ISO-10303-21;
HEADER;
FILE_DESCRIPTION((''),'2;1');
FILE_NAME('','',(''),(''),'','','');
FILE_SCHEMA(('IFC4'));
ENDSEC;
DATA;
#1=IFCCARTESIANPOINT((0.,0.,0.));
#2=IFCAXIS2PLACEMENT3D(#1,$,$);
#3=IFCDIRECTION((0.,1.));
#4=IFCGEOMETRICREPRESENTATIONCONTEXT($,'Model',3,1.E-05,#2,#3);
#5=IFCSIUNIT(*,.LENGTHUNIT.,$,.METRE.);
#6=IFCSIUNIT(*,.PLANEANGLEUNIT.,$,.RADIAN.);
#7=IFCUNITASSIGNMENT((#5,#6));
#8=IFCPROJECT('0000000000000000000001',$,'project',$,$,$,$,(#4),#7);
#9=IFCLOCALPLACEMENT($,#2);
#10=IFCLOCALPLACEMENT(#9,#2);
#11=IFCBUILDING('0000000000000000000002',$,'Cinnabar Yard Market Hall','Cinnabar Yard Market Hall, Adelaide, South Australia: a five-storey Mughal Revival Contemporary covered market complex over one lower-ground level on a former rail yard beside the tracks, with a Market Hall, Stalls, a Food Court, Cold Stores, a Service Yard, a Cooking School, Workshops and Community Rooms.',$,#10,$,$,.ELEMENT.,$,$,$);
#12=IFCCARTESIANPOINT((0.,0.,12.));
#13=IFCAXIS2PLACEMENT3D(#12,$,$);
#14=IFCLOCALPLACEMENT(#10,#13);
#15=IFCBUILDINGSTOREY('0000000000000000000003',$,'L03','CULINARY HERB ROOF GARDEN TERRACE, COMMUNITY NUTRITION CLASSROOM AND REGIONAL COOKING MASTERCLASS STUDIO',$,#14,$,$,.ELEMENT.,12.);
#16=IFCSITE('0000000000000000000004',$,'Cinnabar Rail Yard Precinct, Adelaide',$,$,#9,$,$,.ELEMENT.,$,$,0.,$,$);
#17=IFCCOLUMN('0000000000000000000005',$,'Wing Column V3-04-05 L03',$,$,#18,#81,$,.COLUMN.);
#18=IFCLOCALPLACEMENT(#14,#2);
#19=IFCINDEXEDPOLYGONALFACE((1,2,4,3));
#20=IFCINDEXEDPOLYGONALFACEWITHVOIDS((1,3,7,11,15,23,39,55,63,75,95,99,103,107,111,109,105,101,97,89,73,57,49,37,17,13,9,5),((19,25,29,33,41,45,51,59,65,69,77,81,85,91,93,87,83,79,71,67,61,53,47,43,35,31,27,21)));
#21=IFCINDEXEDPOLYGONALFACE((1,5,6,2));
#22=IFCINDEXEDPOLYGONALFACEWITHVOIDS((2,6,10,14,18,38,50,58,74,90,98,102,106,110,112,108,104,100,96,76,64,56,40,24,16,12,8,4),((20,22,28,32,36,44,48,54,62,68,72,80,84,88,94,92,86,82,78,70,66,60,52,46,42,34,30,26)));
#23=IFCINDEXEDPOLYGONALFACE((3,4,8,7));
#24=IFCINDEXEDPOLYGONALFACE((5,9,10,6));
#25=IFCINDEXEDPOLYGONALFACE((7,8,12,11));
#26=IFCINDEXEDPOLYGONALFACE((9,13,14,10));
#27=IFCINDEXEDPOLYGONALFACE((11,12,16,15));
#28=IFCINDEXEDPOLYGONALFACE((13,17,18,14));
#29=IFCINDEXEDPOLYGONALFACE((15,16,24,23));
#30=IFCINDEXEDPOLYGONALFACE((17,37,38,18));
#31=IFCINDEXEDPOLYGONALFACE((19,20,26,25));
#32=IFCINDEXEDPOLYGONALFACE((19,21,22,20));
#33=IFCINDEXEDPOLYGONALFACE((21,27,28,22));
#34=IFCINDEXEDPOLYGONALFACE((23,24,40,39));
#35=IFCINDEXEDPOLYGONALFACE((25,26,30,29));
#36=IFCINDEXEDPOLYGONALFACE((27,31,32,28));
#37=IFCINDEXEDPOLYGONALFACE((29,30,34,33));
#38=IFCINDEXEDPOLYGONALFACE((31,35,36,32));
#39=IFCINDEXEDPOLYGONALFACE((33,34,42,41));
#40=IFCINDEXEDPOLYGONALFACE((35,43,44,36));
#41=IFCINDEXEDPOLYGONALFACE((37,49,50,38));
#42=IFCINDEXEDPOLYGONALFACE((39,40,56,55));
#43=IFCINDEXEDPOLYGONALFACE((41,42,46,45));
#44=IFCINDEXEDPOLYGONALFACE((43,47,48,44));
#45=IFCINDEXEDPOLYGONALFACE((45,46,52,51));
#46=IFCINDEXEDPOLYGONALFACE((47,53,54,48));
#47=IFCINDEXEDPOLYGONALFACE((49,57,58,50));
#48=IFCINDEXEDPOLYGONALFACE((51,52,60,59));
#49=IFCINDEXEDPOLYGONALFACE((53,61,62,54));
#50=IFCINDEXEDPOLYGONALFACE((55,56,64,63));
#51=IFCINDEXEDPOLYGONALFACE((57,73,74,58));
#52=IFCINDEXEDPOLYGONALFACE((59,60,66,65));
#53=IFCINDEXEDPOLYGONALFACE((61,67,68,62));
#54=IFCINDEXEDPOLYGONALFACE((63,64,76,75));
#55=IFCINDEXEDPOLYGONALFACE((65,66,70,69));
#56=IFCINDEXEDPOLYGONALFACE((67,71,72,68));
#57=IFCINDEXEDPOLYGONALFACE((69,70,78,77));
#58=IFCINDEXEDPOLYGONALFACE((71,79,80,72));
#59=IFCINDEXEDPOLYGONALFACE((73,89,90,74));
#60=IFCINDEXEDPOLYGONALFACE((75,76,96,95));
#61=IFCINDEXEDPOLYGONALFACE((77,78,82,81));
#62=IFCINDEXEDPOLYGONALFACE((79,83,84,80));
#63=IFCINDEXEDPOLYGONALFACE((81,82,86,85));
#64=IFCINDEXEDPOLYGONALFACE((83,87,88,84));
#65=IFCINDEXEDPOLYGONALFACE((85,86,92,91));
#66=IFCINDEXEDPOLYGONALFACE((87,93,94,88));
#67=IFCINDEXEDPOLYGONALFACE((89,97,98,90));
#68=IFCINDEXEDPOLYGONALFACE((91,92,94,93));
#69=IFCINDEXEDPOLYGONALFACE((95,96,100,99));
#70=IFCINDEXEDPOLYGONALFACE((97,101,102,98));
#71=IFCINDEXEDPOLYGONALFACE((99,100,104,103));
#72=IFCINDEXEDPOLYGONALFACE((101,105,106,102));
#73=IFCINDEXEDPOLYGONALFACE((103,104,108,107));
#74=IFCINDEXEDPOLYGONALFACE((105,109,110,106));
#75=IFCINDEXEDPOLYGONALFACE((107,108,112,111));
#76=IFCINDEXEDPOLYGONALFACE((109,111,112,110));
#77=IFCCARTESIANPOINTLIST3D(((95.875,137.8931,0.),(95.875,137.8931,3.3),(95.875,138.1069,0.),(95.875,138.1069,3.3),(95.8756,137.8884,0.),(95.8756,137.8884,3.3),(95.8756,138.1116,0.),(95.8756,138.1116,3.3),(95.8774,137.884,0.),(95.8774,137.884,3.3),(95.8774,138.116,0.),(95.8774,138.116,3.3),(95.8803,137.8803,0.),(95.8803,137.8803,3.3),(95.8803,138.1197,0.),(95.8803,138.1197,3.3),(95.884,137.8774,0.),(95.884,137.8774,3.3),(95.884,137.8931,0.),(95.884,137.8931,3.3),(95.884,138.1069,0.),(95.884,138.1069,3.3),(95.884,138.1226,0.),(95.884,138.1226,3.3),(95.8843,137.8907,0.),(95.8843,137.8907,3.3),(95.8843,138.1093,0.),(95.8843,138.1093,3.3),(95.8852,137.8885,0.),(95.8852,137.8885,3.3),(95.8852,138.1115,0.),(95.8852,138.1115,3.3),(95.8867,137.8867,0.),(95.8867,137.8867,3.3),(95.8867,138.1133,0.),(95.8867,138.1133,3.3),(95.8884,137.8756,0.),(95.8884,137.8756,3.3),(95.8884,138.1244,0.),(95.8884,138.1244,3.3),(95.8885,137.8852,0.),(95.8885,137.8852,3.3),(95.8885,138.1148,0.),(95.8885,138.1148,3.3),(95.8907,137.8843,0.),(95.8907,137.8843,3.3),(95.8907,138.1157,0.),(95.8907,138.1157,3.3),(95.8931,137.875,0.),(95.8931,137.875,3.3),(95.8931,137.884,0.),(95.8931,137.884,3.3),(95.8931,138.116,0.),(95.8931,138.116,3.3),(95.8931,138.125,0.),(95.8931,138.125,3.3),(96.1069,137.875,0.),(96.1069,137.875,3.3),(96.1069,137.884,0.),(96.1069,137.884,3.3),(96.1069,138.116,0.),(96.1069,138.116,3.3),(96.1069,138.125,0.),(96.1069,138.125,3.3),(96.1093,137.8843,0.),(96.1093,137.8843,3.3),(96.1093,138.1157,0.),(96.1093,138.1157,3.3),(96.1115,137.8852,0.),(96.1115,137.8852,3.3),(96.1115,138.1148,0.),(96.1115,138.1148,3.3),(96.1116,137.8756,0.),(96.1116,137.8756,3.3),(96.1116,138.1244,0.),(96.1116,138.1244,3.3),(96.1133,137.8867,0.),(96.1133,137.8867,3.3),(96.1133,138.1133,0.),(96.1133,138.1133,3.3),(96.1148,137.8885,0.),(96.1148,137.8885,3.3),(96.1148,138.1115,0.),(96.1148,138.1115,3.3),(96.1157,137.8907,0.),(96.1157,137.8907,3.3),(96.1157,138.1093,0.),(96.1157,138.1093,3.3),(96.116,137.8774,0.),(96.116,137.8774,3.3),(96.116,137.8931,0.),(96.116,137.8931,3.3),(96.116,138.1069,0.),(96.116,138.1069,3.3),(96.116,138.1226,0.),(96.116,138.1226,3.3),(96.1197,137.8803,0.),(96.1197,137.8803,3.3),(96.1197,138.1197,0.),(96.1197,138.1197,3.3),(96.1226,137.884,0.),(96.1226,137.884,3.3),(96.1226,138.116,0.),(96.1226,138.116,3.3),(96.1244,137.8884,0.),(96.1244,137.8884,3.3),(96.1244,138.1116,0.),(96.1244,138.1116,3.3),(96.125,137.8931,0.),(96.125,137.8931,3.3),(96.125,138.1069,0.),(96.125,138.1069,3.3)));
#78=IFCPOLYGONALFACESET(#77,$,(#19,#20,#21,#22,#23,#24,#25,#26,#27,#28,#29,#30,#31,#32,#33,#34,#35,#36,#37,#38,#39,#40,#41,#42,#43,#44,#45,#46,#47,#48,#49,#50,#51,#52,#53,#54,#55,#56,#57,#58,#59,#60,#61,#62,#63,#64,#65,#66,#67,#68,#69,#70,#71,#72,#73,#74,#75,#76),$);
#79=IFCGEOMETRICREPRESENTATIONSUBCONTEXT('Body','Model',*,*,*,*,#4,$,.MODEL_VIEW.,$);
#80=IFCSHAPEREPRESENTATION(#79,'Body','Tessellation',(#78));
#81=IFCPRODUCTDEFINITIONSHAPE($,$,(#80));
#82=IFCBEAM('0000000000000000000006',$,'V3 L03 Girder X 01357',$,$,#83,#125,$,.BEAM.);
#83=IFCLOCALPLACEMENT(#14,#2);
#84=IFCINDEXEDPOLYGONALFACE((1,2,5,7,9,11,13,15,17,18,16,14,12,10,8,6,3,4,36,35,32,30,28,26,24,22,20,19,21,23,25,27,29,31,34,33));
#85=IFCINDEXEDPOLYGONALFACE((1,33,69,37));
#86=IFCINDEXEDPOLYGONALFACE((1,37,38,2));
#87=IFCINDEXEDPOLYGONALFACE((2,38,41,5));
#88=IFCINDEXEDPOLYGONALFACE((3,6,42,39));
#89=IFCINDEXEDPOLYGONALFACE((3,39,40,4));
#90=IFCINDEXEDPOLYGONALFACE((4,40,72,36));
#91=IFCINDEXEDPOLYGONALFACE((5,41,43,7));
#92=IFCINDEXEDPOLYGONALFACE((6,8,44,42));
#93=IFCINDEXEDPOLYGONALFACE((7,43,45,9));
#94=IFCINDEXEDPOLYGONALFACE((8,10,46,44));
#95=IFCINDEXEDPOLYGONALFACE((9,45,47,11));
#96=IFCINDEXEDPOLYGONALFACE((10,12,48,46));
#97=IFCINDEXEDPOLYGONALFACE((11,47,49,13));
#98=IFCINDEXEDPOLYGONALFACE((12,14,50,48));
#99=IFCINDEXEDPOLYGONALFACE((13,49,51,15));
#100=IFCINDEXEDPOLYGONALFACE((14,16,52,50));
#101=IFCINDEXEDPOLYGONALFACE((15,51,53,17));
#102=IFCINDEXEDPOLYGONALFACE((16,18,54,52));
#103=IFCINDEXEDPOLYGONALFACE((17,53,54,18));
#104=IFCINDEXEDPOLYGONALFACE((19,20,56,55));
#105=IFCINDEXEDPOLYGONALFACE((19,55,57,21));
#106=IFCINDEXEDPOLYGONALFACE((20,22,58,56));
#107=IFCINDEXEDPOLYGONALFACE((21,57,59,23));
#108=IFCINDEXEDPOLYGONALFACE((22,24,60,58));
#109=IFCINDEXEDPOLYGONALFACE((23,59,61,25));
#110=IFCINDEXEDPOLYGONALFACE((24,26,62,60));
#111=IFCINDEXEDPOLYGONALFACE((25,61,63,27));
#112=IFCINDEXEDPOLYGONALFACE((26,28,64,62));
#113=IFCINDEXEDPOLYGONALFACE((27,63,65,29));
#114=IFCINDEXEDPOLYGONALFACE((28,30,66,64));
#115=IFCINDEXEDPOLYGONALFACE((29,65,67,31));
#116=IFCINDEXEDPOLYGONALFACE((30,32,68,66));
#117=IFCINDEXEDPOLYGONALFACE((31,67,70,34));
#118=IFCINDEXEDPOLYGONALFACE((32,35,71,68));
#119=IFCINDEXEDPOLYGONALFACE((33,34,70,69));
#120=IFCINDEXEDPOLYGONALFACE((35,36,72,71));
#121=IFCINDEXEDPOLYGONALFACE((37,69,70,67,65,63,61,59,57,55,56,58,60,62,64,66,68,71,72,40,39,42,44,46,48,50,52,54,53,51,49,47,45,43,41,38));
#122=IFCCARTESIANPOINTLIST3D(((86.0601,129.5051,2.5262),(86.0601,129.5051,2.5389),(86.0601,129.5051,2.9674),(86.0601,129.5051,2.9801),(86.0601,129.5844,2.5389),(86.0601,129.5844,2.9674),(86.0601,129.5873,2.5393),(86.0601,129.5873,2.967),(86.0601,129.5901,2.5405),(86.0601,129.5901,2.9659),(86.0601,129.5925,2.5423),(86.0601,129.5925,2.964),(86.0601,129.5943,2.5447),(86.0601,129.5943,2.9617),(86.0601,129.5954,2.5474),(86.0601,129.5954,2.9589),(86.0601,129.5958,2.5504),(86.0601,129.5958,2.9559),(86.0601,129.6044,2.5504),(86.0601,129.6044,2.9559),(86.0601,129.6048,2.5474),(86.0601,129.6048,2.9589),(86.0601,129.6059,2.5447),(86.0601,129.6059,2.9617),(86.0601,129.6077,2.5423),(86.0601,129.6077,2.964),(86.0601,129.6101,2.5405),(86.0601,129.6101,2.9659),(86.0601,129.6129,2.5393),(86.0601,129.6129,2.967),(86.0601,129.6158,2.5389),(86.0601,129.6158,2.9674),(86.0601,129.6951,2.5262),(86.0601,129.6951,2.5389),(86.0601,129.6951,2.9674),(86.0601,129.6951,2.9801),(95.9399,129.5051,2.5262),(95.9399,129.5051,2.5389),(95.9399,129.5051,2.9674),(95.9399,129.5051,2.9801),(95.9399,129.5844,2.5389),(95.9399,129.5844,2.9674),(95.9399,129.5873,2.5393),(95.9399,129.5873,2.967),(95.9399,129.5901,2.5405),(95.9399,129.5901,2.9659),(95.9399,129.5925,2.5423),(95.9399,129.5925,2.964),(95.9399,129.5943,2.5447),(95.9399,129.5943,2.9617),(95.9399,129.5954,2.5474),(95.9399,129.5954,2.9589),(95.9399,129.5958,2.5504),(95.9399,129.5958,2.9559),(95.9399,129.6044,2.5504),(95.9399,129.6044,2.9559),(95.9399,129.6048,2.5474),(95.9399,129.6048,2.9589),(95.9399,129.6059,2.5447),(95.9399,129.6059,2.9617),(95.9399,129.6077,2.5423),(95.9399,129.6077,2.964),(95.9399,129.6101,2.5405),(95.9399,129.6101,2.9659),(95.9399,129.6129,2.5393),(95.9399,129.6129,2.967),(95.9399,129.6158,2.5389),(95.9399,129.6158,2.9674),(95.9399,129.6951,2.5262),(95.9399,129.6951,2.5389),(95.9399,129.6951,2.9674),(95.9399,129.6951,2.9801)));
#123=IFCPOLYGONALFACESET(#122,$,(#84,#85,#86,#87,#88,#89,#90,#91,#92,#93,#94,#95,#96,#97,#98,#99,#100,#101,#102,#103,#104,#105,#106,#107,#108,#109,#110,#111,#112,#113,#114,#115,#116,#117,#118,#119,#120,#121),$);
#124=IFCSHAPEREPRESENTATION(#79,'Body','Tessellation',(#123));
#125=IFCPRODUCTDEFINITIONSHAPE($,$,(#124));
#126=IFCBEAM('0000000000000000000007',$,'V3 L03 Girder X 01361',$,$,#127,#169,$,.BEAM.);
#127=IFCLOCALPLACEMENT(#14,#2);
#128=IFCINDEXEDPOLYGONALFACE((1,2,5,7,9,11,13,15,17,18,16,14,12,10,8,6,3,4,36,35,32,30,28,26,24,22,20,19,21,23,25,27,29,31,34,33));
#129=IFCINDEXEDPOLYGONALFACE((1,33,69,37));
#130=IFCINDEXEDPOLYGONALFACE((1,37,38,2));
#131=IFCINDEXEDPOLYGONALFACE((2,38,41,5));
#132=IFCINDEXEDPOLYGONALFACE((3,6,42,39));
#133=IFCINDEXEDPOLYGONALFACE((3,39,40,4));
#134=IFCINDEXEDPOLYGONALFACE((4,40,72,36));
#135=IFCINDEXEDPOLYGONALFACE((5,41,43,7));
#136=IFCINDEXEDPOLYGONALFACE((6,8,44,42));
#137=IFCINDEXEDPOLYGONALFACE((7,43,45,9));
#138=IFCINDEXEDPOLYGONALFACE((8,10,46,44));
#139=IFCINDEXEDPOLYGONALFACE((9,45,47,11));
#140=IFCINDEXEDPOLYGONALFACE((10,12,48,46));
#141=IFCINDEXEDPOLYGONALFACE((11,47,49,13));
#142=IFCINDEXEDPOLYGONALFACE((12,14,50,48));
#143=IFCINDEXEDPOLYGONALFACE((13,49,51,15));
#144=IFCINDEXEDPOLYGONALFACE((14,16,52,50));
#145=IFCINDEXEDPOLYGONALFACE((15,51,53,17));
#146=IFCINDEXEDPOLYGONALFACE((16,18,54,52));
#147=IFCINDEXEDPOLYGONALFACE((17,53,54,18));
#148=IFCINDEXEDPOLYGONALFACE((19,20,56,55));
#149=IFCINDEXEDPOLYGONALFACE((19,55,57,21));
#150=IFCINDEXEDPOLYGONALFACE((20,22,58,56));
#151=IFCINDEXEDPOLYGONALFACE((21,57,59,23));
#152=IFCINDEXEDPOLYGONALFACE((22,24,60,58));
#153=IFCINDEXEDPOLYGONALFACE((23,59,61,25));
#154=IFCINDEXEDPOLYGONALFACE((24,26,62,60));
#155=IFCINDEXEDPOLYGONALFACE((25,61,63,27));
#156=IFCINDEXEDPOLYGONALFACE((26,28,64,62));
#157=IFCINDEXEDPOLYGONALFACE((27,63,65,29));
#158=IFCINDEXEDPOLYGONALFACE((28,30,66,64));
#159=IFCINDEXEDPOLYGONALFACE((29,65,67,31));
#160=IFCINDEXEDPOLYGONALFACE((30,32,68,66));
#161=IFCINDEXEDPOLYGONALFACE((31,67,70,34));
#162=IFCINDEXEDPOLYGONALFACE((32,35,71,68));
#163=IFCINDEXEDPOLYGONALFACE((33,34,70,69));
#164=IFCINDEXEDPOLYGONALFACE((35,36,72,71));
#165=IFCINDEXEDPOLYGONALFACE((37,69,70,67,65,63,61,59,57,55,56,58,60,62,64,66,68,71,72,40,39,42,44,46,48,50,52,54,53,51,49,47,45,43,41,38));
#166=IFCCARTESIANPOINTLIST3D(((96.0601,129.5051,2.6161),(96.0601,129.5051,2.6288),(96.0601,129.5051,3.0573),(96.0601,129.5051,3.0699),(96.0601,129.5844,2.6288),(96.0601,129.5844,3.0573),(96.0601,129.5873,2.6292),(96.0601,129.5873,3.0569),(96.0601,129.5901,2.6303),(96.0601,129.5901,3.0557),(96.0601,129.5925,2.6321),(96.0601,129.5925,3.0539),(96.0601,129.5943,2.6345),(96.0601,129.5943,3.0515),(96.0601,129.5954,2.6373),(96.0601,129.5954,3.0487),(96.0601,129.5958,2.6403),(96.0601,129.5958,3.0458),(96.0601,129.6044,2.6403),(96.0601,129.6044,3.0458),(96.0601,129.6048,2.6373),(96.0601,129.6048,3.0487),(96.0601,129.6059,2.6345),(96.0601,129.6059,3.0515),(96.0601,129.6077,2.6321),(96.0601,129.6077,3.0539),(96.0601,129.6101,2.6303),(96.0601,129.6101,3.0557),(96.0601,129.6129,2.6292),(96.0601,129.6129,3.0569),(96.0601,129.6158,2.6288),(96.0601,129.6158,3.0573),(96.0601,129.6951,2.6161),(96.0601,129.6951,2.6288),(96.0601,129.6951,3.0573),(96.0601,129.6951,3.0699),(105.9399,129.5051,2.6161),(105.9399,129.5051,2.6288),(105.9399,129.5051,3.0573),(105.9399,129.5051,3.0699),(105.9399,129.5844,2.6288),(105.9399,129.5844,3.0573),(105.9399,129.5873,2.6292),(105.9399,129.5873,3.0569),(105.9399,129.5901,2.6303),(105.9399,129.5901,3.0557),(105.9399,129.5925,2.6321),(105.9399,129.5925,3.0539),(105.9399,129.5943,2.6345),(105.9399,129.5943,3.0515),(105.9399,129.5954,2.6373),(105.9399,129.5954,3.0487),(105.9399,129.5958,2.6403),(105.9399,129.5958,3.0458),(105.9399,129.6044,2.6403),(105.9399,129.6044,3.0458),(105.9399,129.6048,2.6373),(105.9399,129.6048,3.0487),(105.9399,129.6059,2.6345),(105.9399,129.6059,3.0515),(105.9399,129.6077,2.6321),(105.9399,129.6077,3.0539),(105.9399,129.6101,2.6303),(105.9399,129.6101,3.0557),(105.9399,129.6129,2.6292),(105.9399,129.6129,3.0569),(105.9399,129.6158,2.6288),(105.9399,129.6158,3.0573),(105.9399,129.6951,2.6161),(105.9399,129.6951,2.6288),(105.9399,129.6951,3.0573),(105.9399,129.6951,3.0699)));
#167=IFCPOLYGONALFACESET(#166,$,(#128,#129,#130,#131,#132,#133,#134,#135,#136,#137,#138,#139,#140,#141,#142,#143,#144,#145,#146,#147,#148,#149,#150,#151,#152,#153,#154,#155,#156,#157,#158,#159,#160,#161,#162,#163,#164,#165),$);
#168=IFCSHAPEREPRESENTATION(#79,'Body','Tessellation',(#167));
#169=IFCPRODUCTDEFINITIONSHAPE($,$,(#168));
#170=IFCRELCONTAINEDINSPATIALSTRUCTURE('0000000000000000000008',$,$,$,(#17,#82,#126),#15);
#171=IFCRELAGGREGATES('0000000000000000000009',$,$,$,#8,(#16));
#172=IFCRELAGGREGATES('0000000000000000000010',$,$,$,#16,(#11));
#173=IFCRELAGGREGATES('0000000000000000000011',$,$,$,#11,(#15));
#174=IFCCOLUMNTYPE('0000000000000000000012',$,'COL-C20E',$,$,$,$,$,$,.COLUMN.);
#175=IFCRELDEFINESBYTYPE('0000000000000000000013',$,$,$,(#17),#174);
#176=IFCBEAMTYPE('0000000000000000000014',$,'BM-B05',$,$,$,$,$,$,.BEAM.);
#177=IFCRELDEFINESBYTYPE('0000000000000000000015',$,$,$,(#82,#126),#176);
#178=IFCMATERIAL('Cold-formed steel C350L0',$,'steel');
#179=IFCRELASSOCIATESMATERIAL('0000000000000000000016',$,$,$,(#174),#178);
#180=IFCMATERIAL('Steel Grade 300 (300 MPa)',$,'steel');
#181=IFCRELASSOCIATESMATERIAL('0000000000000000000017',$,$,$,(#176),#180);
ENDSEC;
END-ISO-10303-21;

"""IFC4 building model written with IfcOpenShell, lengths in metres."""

from ifc_helpers import new_model, si_unit, direction, frame, origin, origin_2d_with_axis, place, context, subcontext, project, spatial, hollow_rectangle, i_section, extrude, material, material_profile, profile_set, type_object, element, save


model = new_model("IFC4")

# Units and contexts
model_context = context("Model", 3, precision=1e-05, world=origin(), true_north=direction((0.0, 1.0)))
body_context = subcontext(model_context, "Body", "Model", "MODEL_VIEW")
ifc_project = project(units=[si_unit("LENGTHUNIT", "METRE"), si_unit("PLANEANGLEUNIT", "RADIAN")], contexts=[model_context])

# Site, building, storey
site_placement = place(None, origin())
site = spatial("IfcSite", under=ifc_project, at=site_placement, Name="Cinnabar Rail Yard Precinct, Adelaide", CompositionType="ELEMENT", RefElevation=0.0)
building_placement = place(site_placement, origin())
building = spatial("IfcBuilding", under=site, at=building_placement, Name="Cinnabar Yard Market Hall", Description="Cinnabar Yard Market Hall, Adelaide, South Australia: a five-storey Mughal Revival Contemporary covered market complex over one lower-ground level on a former rail yard beside the tracks, with a Market Hall, Stalls, a Food Court, Cold Stores, a Service Yard, a Cooking School, Workshops and Community Rooms.", CompositionType="ELEMENT")
storey_placement = place(building_placement, frame((0.0, 0.0, 12.0)))
storey = spatial("IfcBuildingStorey", under=building, at=storey_placement, Name="L03", Description="CULINARY HERB ROOF GARDEN TERRACE, COMMUNITY NUTRITION CLASSROOM AND REGIONAL COOKING MASTERCLASS STUDIO", CompositionType="ELEMENT", Elevation=12.0)

# Column
ifc_material_1 = material(Name="Steel Grade 300 (300 MPa)", Category="steel")
ifc_material_2 = material(Name="Cold-formed steel C350L0", Category="steel")
ifc_material_profile_1 = material_profile(ifc_material_2, hollow_rectangle(XDim=0.25, YDim=0.25, WallThickness=0.009, InnerFilletRadius=0.009, OuterFilletRadius=0.0181, at=origin_2d_with_axis()), Name="250x250x9.0SHS")
ifc_profile_set_1 = profile_set([ifc_material_profile_1], Name="Cold-formed steel C350L0")
column_type_1 = type_object("IfcColumnType", Name="COL-C20E", PredefinedType="COLUMN", material=ifc_profile_set_1)
column_1_placement = place(storey_placement, frame((96.0, 138.0, 0.0), z_axis=(0.0, 0.0, 1.0), x_axis=(1.0, 0.0, 0.0)))
element("IfcColumn", 1, at=column_1_placement, inside=storey, type_object=column_type_1, Name="Wing Column V3-04-05 L03", PredefinedType="COLUMN", context=body_context, shape_type="SweptSolid", body=[
    extrude(hollow_rectangle(XDim=0.25, YDim=0.25, WallThickness=0.009, InnerFilletRadius=0.009, OuterFilletRadius=0.0181, at=origin_2d_with_axis()), origin(), (0.0, 0.0, 1.0), 3.3),
])

# Beams
ifc_material_profile_2 = material_profile(ifc_material_1, i_section(OverallWidth=0.1899, OverallDepth=0.4539, WebThickness=0.0085, FlangeThickness=0.0127, FilletRadius=0.0115, at=origin_2d_with_axis()), Name="460UB67.1")
ifc_profile_set_2 = profile_set([ifc_material_profile_2], Name="Steel Grade 300 (300 MPa)")
beam_type_1 = type_object("IfcBeamType", Name="BM-B05", PredefinedType="BEAM", material=ifc_profile_set_2)
for number, where, z_axis, x_axis, name in (
    (2, (86.0601, 129.6001, 2.7532), (1.0, 0.0, 0.0), (0.0, 1.0, 0.0), "V3 L03 Girder X 01357"),
    (3, (96.0601, 129.6001, 2.843), (1.0, 0.0, 0.0), (0.0, 1.0, 0.0), "V3 L03 Girder X 01361"),
):
    element("IfcBeam", number, at=place(storey_placement, frame(where, z_axis=z_axis, x_axis=x_axis)), inside=storey, type_object=beam_type_1, Name=name, PredefinedType="BEAM", context=body_context, shape_type="SweptSolid", body=[
        extrude(i_section(OverallWidth=0.1899, OverallDepth=0.4539, WebThickness=0.0085, FlangeThickness=0.0127, FilletRadius=0.0115, at=origin_2d_with_axis()), origin(), (0.0, 0.0, 1.0), 9.8799),
    ])

save(model, "model.ifc")
